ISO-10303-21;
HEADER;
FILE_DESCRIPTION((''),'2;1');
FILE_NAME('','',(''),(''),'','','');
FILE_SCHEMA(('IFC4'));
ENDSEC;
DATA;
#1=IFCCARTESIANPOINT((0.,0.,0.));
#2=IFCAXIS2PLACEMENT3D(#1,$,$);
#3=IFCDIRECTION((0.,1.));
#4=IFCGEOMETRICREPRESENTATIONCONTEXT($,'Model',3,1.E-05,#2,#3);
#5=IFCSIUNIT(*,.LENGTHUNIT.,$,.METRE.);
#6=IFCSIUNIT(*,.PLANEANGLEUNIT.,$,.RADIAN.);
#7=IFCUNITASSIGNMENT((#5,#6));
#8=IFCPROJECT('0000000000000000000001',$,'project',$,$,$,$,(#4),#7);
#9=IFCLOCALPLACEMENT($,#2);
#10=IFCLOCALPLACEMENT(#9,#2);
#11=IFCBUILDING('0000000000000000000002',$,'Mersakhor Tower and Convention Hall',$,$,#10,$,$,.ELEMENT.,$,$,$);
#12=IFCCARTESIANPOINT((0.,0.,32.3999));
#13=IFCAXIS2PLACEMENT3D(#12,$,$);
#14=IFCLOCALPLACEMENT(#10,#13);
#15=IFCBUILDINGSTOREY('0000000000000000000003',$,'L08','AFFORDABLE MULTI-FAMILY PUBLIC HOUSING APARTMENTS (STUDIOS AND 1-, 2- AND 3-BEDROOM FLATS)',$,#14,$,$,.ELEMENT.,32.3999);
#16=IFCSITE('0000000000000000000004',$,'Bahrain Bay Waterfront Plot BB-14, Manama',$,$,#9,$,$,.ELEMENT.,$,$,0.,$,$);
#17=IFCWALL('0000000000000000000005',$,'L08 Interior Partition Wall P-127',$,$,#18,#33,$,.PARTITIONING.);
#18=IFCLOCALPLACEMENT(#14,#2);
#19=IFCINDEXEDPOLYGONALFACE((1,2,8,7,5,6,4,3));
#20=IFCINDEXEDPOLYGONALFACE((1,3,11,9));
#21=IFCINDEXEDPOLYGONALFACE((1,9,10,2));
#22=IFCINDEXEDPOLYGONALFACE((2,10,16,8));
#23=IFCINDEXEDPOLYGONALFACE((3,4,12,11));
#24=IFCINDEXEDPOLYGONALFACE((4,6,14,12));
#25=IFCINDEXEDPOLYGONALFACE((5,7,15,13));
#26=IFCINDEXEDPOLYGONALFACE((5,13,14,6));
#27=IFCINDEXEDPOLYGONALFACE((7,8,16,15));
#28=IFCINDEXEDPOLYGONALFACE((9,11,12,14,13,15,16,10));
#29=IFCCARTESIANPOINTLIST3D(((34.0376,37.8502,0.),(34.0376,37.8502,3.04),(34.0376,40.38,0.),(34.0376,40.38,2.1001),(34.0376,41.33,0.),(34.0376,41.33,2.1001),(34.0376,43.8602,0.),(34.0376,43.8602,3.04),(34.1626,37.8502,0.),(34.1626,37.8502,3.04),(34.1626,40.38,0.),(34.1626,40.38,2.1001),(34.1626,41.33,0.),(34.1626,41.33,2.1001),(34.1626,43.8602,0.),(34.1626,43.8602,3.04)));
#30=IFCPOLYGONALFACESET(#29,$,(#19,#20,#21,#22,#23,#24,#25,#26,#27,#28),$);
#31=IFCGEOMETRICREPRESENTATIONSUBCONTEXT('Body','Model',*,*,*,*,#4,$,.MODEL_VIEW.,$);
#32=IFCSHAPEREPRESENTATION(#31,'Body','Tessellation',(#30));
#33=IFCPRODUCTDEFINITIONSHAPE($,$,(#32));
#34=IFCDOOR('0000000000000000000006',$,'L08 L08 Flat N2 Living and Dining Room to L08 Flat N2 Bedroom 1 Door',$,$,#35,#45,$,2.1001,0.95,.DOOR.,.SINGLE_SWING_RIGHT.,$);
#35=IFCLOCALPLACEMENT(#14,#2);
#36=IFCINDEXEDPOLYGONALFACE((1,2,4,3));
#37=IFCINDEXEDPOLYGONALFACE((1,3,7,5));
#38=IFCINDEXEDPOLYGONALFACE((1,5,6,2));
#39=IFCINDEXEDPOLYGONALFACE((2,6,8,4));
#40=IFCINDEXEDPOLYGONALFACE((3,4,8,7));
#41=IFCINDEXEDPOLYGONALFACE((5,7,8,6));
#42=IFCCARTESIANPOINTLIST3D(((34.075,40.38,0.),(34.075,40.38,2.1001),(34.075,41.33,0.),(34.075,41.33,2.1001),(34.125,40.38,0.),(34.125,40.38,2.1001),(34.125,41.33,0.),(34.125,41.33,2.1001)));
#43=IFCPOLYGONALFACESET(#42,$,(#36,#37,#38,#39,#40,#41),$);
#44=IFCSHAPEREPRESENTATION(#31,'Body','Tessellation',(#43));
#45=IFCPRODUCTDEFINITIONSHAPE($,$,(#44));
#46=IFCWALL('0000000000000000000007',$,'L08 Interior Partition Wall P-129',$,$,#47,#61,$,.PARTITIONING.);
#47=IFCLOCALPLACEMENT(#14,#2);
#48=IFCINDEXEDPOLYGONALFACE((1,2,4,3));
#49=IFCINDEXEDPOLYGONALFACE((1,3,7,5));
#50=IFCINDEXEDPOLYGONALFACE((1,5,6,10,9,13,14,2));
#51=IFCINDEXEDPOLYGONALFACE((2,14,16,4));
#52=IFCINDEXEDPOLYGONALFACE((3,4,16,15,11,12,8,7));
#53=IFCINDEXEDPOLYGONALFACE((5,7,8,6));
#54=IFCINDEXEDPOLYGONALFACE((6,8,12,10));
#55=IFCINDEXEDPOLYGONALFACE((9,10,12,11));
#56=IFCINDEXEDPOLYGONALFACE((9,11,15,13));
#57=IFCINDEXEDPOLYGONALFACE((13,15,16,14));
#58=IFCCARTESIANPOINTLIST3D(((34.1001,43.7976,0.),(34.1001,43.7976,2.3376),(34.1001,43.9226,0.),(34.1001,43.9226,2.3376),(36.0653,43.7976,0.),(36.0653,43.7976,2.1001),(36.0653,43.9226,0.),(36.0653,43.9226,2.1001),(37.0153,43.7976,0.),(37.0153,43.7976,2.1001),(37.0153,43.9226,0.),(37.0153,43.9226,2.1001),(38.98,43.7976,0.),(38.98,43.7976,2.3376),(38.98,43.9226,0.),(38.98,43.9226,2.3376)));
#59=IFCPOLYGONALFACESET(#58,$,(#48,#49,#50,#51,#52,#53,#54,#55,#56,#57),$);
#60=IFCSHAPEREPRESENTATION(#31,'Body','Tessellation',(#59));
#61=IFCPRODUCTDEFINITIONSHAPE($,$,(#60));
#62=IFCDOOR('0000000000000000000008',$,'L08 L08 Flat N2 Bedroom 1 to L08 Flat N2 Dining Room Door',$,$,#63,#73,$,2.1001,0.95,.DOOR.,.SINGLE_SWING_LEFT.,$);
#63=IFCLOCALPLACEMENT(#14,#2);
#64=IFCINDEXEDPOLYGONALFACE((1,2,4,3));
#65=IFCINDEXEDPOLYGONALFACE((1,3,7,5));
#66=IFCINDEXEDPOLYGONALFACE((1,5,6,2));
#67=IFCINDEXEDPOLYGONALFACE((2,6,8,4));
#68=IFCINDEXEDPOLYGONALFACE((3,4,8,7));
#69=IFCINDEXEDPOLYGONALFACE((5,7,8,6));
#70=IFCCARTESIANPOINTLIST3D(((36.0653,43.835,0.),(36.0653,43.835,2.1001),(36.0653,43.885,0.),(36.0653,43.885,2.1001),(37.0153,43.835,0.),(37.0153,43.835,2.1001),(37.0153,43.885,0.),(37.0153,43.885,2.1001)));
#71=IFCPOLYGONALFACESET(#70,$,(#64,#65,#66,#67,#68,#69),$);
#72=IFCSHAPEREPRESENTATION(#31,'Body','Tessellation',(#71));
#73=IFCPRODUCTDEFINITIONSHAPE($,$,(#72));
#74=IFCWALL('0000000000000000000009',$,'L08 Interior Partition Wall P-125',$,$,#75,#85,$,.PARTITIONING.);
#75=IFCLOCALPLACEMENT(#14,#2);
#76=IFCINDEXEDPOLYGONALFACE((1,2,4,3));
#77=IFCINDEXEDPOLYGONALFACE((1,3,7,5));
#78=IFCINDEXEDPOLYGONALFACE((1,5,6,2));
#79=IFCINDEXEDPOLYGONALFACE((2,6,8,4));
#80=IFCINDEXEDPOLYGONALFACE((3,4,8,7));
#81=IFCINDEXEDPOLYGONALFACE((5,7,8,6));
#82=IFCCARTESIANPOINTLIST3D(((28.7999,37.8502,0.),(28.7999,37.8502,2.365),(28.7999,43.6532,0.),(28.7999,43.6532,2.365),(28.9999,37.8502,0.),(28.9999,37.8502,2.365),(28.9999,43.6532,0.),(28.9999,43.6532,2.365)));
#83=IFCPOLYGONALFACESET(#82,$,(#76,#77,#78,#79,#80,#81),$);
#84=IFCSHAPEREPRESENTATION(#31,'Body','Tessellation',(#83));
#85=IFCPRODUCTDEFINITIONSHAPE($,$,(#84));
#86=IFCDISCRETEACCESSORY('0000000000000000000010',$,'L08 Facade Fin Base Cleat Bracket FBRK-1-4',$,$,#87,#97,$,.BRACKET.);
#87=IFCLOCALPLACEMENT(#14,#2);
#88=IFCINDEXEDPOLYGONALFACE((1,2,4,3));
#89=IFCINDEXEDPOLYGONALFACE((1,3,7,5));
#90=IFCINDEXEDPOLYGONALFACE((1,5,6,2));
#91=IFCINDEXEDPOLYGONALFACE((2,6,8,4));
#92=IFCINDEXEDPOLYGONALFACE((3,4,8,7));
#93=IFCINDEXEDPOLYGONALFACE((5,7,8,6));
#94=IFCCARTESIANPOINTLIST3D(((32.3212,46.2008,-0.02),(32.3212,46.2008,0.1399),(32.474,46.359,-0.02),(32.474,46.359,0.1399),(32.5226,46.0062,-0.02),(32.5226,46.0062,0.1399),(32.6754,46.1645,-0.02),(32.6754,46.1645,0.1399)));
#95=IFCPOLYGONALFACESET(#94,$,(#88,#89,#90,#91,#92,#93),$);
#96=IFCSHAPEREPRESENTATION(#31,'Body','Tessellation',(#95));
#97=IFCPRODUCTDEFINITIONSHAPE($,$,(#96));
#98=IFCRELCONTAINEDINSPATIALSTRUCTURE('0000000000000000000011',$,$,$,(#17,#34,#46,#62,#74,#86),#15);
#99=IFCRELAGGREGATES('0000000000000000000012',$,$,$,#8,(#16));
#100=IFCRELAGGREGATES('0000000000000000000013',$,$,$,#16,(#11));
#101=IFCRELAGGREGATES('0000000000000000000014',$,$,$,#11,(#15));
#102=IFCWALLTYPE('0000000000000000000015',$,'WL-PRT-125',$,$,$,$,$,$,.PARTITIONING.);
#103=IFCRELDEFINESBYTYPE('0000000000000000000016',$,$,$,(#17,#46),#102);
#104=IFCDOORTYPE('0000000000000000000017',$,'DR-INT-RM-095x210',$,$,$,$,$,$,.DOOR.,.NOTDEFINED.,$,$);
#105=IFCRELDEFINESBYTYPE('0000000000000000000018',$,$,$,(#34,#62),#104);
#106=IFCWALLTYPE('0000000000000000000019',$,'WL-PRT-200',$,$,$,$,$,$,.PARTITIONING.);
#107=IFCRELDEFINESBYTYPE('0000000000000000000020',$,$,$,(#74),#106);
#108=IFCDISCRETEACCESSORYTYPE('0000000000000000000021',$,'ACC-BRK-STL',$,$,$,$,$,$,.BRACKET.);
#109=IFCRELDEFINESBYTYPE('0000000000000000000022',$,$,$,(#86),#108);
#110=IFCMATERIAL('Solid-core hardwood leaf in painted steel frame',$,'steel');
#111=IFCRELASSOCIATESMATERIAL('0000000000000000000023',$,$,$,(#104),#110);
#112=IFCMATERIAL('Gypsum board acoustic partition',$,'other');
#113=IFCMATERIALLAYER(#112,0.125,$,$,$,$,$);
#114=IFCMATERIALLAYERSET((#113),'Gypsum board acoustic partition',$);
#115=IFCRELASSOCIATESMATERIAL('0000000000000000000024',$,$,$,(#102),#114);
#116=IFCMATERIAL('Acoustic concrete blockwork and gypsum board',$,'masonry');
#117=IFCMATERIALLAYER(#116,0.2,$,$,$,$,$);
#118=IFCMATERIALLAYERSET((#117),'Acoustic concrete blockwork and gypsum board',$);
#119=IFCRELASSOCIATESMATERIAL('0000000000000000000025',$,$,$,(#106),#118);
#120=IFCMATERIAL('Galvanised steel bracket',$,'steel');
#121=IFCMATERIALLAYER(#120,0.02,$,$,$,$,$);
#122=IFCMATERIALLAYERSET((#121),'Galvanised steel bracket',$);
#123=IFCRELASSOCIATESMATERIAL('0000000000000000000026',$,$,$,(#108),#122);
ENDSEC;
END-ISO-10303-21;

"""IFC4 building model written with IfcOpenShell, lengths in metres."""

from ifc_helpers import new_model, si_unit, direction, frame, frame_2d, origin, origin_2d, place, context, subcontext, project, spatial, rectangle, extrude, material, layer, layer_set, type_object, element, fill, save


model = new_model("IFC4")

# Units and contexts
model_context = context("Model", 3, precision=1e-05, world=origin(), true_north=direction((0.0, 1.0)))
body_context = subcontext(model_context, "Body", "Model", "MODEL_VIEW")
ifc_project = project(units=[si_unit("LENGTHUNIT", "METRE"), si_unit("PLANEANGLEUNIT", "RADIAN")], contexts=[model_context])

# Site, building, storey
site_placement = place(None, origin())
site = spatial("IfcSite", under=ifc_project, at=site_placement, Name="Bahrain Bay Waterfront Plot BB-14, Manama", CompositionType="ELEMENT", RefElevation=0.0)
building_placement = place(site_placement, origin())
building = spatial("IfcBuilding", under=site, at=building_placement, Name="Mersakhor Tower and Convention Hall", CompositionType="ELEMENT")
storey_placement = place(building_placement, frame((0.0, 0.0, 32.3999)))
storey = spatial("IfcBuildingStorey", under=building, at=storey_placement, Name="L08", Description="AFFORDABLE MULTI-FAMILY PUBLIC HOUSING APARTMENTS (STUDIOS AND 1-, 2- AND 3-BEDROOM FLATS)", CompositionType="ELEMENT", Elevation=32.3999)

# Shared definitions
ifc_material_1 = material(Name="Solid-core hardwood leaf in painted steel frame", Category="steel")
door_type = type_object("IfcDoorType", Name="DR-INT-RM-095x210", OperationType="NOTDEFINED", PredefinedType="DOOR", material=ifc_material_1)

# Shared definitions
ifc_material_2 = material(Name="Gypsum board acoustic partition", Category="other")
ifc_layer_1 = layer(ifc_material_2, 0.125)
ifc_layer_set_1 = layer_set([ifc_layer_1], Name="Gypsum board acoustic partition")
wall_type_1 = type_object("IfcWallType", Name="WL-PRT-125", PredefinedType="PARTITIONING", material=ifc_layer_set_1)

# Walls, openings, doors
wall_1_placement = place(storey_placement, frame((34.1001, 43.8601, 0.0), z_axis=(0.0, 0.0, 1.0), x_axis=(0.0, -1.0, 0.0)))
wall_1 = element("IfcWall", 1, at=wall_1_placement, inside=storey, type_object=wall_type_1, Name="L08 Interior Partition Wall P-127", PredefinedType="PARTITIONING", context=body_context, shape_type="SweptSolid", body=[
    extrude(rectangle(XDim=6.01, YDim=0.125, at=frame_2d((3.0049, 0.0))), origin(), (0.0, 0.0, 1.0), 3.04),
])
opening_1_placement = place(wall_1_placement, frame((2.53, 0.0, 0.0)))
opening_1 = element("IfcOpeningElement", 2, at=opening_1_placement, cuts=wall_1, PredefinedType="OPENING", context=body_context, shape_type="SweptSolid", body=[
    extrude(rectangle(XDim=0.95, YDim=2.1001, at=frame_2d((0.4751, 1.05))), frame((0.0, 0.0725, 0.0), z_axis=(0.0, -1.0, 0.0), x_axis=(1.0, 0.0, 0.0)), (0.0, 0.0, 1.0), 0.145),
])
door_1_placement = place(opening_1_placement, origin())
door_1 = element("IfcDoor", 3, at=door_1_placement, inside=storey, type_object=door_type, Name="L08 L08 Flat N2 Living and Dining Room to L08 Flat N2 Bedroom 1 Door", OperationType="SINGLE_SWING_RIGHT", OverallHeight=2.1001, OverallWidth=0.95, PredefinedType="DOOR", context=body_context, shape_type="SweptSolid", body=[
    extrude(rectangle(XDim=0.95, YDim=2.1001, at=frame_2d((0.4751, 1.05))), frame((0.0, 0.0249, 0.0), z_axis=(0.0, -1.0, 0.0), x_axis=(1.0, 0.0, 0.0)), (0.0, 0.0, 1.0), 0.05),
])
fill(opening_1, door_1)
wall_2_placement = place(storey_placement, frame((34.1001, 43.8601, 0.0), z_axis=(0.0, 0.0, 1.0), x_axis=(1.0, 0.0, 0.0)))
wall_2 = element("IfcWall", 4, at=wall_2_placement, inside=storey, type_object=wall_type_1, Name="L08 Interior Partition Wall P-129", PredefinedType="PARTITIONING", context=body_context, shape_type="SweptSolid", body=[
    extrude(rectangle(XDim=4.8799, YDim=0.125, at=frame_2d((2.4399, 0.0))), origin(), (0.0, 0.0, 1.0), 2.3376),
])
opening_2_placement = place(wall_2_placement, frame((1.9651, 0.0, 0.0)))
opening_2 = element("IfcOpeningElement", 5, at=opening_2_placement, cuts=wall_2, PredefinedType="OPENING", context=body_context, shape_type="SweptSolid", body=[
    extrude(rectangle(XDim=0.95, YDim=2.1001, at=frame_2d((0.4751, 1.05))), frame((0.0, 0.0725, 0.0), z_axis=(0.0, -1.0, 0.0), x_axis=(1.0, 0.0, 0.0)), (0.0, 0.0, 1.0), 0.145),
])
door_2_placement = place(opening_2_placement, origin())
door_2 = element("IfcDoor", 6, at=door_2_placement, inside=storey, type_object=door_type, Name="L08 L08 Flat N2 Bedroom 1 to L08 Flat N2 Dining Room Door", OperationType="SINGLE_SWING_LEFT", OverallHeight=2.1001, OverallWidth=0.95, PredefinedType="DOOR", context=body_context, shape_type="SweptSolid", body=[
    extrude(rectangle(XDim=0.95, YDim=2.1001, at=frame_2d((0.4751, 1.05))), frame((0.0, 0.0249, 0.0), z_axis=(0.0, -1.0, 0.0), x_axis=(1.0, 0.0, 0.0)), (0.0, 0.0, 1.0), 0.05),
])
fill(opening_2, door_2)

# Wall
ifc_material_3 = material(Name="Acoustic concrete blockwork and gypsum board", Category="masonry")
ifc_layer_2 = layer(ifc_material_3, 0.2)
ifc_layer_set_2 = layer_set([ifc_layer_2], Name="Acoustic concrete blockwork and gypsum board")
wall_type_2 = type_object("IfcWallType", Name="WL-PRT-200", PredefinedType="PARTITIONING", material=ifc_layer_set_2)
wall_3_placement = place(storey_placement, frame((28.8999, 43.6531, 0.0), z_axis=(0.0, 0.0, 1.0), x_axis=(0.0, -1.0, 0.0)))
element("IfcWall", 7, at=wall_3_placement, inside=storey, type_object=wall_type_2, Name="L08 Interior Partition Wall P-125", PredefinedType="PARTITIONING", context=body_context, shape_type="SweptSolid", body=[
    extrude(rectangle(XDim=5.803, YDim=0.2, at=frame_2d((2.9014, 0.0))), origin(), (0.0, 0.0, 1.0), 2.365),
])

# Discrete accessory
ifc_material_4 = material(Name="Galvanised steel bracket", Category="steel")
ifc_layer_3 = layer(ifc_material_4, 0.02)
ifc_layer_set_3 = layer_set([ifc_layer_3], Name="Galvanised steel bracket")
discrete_accessory_type = type_object("IfcDiscreteAccessoryType", Name="ACC-BRK-STL", PredefinedType="BRACKET", material=ifc_layer_set_3)
discrete_accessory_placement = place(storey_placement, frame((32.4983, 46.1826, -0.02), z_axis=(0.0, 0.0, 1.0), x_axis=(-0.71934, 0.694658, 0.0)))
element("IfcDiscreteAccessory", 8, at=discrete_accessory_placement, inside=storey, type_object=discrete_accessory_type, Name="L08 Facade Fin Base Cleat Bracket FBRK-1-4", PredefinedType="BRACKET", context=body_context, shape_type="SweptSolid", body=[
    extrude(rectangle(XDim=0.28, YDim=0.22, at=origin_2d()), origin(), (0.0, 0.0, 1.0), 0.1599),
])

save(model, "model.ifc")
